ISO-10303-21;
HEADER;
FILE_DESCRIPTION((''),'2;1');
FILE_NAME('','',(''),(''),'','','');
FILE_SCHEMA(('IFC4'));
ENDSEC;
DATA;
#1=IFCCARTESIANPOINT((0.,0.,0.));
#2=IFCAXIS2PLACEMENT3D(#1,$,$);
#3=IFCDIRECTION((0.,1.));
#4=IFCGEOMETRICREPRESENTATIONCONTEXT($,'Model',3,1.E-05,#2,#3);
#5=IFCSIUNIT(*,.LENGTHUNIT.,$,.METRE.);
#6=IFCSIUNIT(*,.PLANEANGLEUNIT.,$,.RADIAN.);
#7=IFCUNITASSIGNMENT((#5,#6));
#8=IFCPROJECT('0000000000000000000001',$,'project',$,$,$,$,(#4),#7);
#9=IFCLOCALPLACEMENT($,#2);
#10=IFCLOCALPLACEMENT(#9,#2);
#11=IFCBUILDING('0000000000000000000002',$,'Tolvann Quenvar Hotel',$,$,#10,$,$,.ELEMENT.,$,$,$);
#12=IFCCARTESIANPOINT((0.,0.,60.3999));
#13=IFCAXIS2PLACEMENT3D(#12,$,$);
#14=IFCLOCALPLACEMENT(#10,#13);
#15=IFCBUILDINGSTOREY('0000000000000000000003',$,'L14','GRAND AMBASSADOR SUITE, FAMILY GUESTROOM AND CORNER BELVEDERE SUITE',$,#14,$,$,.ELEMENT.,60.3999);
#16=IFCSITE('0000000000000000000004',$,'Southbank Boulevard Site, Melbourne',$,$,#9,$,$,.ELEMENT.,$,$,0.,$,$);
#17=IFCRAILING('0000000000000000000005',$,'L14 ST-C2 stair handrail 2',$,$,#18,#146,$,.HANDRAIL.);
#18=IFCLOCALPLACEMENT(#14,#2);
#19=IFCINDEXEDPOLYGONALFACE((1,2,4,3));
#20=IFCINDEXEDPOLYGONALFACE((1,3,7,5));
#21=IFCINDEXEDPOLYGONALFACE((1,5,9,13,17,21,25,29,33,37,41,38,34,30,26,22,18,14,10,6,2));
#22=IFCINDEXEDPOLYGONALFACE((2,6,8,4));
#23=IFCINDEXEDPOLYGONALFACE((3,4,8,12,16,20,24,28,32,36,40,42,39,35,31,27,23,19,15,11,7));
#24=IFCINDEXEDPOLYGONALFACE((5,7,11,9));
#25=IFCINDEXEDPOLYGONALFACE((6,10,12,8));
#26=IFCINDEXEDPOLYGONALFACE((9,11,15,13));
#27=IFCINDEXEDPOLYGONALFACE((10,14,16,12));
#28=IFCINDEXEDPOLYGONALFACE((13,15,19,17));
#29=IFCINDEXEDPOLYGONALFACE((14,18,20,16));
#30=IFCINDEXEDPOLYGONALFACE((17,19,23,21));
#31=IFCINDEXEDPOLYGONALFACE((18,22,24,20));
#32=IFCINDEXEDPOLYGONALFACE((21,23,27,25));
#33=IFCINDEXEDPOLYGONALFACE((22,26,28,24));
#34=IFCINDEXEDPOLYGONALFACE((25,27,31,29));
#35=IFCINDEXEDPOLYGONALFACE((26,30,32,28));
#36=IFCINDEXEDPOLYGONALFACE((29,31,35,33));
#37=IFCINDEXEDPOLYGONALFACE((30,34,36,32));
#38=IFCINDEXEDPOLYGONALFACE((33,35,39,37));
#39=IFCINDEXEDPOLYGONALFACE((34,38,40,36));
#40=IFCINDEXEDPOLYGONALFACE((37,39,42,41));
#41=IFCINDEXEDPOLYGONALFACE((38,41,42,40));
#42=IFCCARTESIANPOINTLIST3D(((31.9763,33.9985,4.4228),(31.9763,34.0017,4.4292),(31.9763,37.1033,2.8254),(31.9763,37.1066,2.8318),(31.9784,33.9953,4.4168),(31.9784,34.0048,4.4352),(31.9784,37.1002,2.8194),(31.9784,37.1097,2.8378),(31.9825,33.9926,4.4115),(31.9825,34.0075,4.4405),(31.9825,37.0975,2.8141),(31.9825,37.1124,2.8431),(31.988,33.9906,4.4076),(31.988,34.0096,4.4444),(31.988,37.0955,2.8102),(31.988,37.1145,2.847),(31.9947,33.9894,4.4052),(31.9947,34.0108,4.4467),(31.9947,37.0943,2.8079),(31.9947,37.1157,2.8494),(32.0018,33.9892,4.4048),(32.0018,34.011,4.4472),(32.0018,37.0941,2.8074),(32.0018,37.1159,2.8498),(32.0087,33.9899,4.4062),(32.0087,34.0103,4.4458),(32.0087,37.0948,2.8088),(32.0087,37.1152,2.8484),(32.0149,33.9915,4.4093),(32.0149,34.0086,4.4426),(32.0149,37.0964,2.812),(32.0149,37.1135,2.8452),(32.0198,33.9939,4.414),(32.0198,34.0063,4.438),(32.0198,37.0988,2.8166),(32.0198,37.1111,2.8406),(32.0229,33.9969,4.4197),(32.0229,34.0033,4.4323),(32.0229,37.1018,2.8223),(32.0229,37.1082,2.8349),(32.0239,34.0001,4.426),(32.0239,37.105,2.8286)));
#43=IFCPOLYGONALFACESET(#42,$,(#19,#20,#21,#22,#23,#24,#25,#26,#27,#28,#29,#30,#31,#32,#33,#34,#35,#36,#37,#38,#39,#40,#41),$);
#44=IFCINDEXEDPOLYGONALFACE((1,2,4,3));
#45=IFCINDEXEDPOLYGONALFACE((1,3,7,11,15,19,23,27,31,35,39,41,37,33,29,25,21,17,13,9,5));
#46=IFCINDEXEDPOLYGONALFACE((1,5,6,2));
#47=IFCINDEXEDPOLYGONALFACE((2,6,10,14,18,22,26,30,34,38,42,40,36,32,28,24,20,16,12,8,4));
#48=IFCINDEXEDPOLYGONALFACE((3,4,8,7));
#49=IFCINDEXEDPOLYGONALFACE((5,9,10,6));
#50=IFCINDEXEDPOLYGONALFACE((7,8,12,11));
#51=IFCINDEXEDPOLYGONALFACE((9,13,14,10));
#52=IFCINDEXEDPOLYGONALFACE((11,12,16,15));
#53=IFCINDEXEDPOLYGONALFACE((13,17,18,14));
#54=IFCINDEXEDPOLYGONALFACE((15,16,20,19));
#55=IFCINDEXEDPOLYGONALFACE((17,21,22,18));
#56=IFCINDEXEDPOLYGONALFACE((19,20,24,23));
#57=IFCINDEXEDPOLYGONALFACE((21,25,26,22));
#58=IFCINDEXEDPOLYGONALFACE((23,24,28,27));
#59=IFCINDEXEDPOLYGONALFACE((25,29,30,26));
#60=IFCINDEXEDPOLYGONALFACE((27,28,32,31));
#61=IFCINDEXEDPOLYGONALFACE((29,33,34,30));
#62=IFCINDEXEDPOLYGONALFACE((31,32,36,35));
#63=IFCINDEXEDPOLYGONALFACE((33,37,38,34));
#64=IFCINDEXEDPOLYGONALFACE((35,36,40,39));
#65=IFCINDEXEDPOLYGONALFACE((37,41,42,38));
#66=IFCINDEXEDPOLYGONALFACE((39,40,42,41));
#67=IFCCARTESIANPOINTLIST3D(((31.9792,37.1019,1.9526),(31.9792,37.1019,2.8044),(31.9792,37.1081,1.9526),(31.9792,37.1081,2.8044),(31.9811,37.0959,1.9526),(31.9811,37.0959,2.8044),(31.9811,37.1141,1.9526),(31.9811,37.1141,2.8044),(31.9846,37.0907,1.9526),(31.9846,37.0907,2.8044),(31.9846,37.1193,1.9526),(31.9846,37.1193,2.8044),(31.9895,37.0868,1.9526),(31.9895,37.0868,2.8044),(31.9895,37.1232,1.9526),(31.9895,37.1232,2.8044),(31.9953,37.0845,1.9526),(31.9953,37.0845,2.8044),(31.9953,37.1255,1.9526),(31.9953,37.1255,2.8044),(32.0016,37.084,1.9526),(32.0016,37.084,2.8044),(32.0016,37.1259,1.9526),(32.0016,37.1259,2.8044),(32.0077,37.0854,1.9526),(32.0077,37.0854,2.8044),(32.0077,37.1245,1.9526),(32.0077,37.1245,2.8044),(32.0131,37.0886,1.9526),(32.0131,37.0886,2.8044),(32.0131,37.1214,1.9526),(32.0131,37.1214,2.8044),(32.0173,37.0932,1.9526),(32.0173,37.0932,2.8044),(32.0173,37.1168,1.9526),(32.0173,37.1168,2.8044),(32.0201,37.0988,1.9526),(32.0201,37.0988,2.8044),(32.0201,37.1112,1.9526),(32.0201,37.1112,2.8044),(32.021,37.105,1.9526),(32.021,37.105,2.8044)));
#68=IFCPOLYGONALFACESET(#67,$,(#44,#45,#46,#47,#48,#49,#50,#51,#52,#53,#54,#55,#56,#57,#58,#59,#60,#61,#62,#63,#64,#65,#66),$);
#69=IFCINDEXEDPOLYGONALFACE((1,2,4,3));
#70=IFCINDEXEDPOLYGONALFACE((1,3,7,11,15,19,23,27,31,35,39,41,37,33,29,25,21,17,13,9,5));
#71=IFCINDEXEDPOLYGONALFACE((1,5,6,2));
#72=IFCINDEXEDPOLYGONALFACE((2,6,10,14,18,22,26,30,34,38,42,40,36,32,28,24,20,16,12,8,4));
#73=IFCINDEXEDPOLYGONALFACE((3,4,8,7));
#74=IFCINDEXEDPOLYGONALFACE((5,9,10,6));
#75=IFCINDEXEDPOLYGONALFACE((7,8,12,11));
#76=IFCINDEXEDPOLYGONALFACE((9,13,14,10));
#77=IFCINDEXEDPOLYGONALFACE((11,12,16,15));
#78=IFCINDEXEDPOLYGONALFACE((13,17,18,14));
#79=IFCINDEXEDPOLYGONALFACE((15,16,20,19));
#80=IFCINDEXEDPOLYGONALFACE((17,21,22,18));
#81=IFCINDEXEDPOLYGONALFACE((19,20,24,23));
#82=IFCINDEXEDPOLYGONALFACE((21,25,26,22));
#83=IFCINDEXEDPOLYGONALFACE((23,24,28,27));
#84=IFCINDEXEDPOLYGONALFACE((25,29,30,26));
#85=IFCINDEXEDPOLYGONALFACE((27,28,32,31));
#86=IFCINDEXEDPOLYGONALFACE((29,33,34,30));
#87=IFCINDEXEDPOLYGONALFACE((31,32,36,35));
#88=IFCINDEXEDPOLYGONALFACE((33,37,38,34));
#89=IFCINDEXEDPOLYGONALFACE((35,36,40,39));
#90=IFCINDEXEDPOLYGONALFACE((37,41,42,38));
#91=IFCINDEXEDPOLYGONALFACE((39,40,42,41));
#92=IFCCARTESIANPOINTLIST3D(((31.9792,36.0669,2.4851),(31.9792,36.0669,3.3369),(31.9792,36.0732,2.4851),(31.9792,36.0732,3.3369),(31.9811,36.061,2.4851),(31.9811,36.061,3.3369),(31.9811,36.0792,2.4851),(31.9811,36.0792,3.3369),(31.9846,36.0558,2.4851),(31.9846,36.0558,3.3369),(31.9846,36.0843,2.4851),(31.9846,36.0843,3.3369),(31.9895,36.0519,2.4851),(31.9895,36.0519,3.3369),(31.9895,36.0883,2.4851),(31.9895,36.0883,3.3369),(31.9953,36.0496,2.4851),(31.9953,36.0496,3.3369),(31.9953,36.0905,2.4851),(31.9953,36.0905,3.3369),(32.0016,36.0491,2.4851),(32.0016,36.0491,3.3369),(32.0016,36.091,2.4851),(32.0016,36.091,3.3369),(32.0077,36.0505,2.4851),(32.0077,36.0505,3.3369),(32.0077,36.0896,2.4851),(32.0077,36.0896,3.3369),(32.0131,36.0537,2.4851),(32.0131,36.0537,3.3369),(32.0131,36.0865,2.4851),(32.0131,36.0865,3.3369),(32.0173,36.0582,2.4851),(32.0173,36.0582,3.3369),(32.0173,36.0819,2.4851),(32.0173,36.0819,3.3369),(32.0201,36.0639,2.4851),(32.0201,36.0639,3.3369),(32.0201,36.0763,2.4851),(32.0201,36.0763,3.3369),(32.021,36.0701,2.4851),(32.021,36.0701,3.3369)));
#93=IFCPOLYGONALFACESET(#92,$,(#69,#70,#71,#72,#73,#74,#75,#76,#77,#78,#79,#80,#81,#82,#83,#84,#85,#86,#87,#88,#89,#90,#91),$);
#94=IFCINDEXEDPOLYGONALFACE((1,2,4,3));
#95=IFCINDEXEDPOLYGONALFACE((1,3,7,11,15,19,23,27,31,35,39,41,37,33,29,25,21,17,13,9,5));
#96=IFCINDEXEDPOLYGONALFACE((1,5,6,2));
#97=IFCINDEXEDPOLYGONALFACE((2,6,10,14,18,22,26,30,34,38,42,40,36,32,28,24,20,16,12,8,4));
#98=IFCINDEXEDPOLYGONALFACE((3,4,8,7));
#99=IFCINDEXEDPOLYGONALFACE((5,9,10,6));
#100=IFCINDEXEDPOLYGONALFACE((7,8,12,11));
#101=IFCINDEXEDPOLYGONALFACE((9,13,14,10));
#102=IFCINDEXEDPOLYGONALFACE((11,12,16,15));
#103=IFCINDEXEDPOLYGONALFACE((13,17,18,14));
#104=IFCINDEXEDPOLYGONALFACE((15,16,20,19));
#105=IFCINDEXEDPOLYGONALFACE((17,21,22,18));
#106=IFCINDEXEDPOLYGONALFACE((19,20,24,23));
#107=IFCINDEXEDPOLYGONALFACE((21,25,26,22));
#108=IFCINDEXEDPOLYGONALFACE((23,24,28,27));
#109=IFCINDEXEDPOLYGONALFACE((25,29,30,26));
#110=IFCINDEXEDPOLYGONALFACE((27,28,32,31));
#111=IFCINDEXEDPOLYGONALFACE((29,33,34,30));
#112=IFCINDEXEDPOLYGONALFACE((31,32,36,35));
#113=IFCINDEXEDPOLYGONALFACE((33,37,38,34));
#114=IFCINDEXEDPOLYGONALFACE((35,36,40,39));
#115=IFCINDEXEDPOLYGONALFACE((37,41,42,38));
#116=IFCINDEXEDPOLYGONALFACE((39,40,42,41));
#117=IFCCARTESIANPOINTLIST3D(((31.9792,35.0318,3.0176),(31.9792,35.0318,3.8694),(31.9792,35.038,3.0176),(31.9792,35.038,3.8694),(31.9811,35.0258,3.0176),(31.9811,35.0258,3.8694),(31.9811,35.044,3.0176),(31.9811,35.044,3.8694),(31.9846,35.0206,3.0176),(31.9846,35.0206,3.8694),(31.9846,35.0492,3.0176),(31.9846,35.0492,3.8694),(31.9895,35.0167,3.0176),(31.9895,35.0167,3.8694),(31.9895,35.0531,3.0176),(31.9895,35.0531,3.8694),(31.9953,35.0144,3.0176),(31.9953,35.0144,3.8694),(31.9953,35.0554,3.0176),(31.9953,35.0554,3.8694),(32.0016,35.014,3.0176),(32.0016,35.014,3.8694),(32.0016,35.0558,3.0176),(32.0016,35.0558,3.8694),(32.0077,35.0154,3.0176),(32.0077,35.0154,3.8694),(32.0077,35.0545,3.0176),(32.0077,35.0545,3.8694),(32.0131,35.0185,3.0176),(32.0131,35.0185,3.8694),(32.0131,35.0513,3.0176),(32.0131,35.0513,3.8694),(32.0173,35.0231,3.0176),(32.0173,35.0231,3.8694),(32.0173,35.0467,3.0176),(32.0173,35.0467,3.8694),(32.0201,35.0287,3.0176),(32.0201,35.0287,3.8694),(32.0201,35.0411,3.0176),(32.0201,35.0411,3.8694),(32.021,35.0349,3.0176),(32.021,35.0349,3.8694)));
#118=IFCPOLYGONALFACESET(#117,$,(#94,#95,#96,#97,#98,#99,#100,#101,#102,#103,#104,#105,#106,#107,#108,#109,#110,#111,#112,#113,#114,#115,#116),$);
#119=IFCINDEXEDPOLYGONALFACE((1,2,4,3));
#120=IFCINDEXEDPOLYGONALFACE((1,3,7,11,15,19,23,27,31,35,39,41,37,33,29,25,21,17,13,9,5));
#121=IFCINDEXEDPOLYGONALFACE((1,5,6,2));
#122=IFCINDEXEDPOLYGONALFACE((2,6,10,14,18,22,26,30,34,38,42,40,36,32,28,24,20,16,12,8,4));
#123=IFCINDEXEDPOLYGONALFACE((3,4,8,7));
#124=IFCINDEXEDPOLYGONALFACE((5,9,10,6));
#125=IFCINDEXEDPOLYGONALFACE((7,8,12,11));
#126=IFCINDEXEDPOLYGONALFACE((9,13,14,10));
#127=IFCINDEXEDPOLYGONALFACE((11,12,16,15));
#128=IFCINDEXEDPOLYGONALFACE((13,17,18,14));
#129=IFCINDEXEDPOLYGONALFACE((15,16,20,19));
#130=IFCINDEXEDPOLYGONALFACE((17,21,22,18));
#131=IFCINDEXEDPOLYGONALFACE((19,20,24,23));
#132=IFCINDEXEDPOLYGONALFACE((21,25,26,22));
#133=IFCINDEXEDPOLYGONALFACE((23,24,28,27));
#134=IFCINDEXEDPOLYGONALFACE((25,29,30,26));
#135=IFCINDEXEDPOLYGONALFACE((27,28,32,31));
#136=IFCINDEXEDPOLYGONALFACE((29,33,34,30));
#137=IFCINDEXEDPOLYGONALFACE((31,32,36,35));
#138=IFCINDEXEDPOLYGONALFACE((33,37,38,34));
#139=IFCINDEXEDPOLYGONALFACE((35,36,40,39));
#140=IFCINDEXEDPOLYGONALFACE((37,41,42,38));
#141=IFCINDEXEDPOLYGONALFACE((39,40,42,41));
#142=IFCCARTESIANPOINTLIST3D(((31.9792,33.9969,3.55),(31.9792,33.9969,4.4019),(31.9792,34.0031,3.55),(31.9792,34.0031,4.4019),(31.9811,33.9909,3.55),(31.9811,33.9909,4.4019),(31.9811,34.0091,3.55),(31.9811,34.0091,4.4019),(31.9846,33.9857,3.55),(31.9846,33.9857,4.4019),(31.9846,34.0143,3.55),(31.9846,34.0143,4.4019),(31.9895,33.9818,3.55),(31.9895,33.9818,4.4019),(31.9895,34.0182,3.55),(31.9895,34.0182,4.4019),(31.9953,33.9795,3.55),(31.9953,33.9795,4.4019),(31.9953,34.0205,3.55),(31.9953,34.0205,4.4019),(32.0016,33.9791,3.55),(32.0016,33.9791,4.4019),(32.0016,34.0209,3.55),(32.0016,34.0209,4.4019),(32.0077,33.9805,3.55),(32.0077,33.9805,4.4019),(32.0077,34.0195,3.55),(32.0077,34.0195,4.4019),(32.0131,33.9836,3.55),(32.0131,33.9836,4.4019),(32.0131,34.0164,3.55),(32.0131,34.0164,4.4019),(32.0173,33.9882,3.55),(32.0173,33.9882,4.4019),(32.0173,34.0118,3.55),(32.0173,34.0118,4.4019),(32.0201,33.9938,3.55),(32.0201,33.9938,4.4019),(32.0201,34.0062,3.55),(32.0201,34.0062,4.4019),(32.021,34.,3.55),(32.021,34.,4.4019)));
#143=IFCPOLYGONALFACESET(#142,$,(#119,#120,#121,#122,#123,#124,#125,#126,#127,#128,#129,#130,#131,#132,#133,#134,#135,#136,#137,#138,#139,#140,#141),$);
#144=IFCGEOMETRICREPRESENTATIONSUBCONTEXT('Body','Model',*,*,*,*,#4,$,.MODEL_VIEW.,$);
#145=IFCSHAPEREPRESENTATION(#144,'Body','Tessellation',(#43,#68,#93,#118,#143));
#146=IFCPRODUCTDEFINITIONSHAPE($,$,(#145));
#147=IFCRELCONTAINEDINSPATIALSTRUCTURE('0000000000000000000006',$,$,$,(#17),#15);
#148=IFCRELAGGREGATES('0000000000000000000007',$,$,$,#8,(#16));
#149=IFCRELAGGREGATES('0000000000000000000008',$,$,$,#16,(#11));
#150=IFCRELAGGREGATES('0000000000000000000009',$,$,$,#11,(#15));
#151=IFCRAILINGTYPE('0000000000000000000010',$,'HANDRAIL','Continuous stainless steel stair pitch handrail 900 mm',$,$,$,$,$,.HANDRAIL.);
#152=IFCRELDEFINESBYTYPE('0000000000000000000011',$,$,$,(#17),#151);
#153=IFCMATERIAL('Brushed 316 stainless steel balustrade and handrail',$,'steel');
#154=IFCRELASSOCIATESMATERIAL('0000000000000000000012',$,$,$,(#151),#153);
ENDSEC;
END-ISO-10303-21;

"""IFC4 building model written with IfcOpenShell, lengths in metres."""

from ifc_helpers import new_model, si_unit, direction, frame, origin, origin_2d, place, context, subcontext, project, spatial, circle, extrude, material, type_object, element, save


model = new_model("IFC4")

# Units and contexts
model_context = context("Model", 3, precision=1e-05, world=origin(), true_north=direction((0.0, 1.0)))
body_context = subcontext(model_context, "Body", "Model", "MODEL_VIEW")
ifc_project = project(units=[si_unit("LENGTHUNIT", "METRE"), si_unit("PLANEANGLEUNIT", "RADIAN")], contexts=[model_context])

# Site, building, storey
site_placement = place(None, origin())
site = spatial("IfcSite", under=ifc_project, at=site_placement, Name="Southbank Boulevard Site, Melbourne", CompositionType="ELEMENT", RefElevation=0.0)
building_placement = place(site_placement, origin())
building = spatial("IfcBuilding", under=site, at=building_placement, Name="Tolvann Quenvar Hotel", CompositionType="ELEMENT")
storey_placement = place(building_placement, frame((0.0, 0.0, 60.3999)))
storey = spatial("IfcBuildingStorey", under=building, at=storey_placement, Name="L14", Description="GRAND AMBASSADOR SUITE, FAMILY GUESTROOM AND CORNER BELVEDERE SUITE", CompositionType="ELEMENT", Elevation=60.3999)

# Railing
ifc_material_1 = material(Name="Brushed 316 stainless steel balustrade and handrail", Category="steel")
railing_type_1 = type_object("IfcRailingType", Name="HANDRAIL", Description="Continuous stainless steel stair pitch handrail 900 mm", PredefinedType="HANDRAIL", material=ifc_material_1)
railing_1_placement = place(storey_placement, frame((32.0, 37.105, 1.9526)))
element("IfcRailing", 1, at=railing_1_placement, inside=storey, type_object=railing_type_1, Name="L14 ST-C2 stair handrail 2", PredefinedType="HANDRAIL", context=body_context, shape_type="SweptSolid", body=[
    extrude(circle(Radius=0.0239, at=origin_2d()), frame((0.0, 0.0, 0.876), z_axis=(0.0, -0.889222, 0.457476), x_axis=(1.0, 0.0, 0.0)), (0.0, 0.0, 1.0), 3.4917),
    extrude(circle(Radius=0.021, at=origin_2d()), origin(), (0.0, 0.0, 1.0), 0.8518),
    extrude(circle(Radius=0.021, at=origin_2d()), frame((0.0, -1.0349, 0.5325)), (0.0, 0.0, 1.0), 0.8518),
    extrude(circle(Radius=0.021, at=origin_2d()), frame((0.0, -2.0701, 1.0649)), (0.0, 0.0, 1.0), 0.8518),
    extrude(circle(Radius=0.021, at=origin_2d()), frame((0.0, -3.105, 1.5974)), (0.0, 0.0, 1.0), 0.8518),
])

save(model, "model.ifc")
